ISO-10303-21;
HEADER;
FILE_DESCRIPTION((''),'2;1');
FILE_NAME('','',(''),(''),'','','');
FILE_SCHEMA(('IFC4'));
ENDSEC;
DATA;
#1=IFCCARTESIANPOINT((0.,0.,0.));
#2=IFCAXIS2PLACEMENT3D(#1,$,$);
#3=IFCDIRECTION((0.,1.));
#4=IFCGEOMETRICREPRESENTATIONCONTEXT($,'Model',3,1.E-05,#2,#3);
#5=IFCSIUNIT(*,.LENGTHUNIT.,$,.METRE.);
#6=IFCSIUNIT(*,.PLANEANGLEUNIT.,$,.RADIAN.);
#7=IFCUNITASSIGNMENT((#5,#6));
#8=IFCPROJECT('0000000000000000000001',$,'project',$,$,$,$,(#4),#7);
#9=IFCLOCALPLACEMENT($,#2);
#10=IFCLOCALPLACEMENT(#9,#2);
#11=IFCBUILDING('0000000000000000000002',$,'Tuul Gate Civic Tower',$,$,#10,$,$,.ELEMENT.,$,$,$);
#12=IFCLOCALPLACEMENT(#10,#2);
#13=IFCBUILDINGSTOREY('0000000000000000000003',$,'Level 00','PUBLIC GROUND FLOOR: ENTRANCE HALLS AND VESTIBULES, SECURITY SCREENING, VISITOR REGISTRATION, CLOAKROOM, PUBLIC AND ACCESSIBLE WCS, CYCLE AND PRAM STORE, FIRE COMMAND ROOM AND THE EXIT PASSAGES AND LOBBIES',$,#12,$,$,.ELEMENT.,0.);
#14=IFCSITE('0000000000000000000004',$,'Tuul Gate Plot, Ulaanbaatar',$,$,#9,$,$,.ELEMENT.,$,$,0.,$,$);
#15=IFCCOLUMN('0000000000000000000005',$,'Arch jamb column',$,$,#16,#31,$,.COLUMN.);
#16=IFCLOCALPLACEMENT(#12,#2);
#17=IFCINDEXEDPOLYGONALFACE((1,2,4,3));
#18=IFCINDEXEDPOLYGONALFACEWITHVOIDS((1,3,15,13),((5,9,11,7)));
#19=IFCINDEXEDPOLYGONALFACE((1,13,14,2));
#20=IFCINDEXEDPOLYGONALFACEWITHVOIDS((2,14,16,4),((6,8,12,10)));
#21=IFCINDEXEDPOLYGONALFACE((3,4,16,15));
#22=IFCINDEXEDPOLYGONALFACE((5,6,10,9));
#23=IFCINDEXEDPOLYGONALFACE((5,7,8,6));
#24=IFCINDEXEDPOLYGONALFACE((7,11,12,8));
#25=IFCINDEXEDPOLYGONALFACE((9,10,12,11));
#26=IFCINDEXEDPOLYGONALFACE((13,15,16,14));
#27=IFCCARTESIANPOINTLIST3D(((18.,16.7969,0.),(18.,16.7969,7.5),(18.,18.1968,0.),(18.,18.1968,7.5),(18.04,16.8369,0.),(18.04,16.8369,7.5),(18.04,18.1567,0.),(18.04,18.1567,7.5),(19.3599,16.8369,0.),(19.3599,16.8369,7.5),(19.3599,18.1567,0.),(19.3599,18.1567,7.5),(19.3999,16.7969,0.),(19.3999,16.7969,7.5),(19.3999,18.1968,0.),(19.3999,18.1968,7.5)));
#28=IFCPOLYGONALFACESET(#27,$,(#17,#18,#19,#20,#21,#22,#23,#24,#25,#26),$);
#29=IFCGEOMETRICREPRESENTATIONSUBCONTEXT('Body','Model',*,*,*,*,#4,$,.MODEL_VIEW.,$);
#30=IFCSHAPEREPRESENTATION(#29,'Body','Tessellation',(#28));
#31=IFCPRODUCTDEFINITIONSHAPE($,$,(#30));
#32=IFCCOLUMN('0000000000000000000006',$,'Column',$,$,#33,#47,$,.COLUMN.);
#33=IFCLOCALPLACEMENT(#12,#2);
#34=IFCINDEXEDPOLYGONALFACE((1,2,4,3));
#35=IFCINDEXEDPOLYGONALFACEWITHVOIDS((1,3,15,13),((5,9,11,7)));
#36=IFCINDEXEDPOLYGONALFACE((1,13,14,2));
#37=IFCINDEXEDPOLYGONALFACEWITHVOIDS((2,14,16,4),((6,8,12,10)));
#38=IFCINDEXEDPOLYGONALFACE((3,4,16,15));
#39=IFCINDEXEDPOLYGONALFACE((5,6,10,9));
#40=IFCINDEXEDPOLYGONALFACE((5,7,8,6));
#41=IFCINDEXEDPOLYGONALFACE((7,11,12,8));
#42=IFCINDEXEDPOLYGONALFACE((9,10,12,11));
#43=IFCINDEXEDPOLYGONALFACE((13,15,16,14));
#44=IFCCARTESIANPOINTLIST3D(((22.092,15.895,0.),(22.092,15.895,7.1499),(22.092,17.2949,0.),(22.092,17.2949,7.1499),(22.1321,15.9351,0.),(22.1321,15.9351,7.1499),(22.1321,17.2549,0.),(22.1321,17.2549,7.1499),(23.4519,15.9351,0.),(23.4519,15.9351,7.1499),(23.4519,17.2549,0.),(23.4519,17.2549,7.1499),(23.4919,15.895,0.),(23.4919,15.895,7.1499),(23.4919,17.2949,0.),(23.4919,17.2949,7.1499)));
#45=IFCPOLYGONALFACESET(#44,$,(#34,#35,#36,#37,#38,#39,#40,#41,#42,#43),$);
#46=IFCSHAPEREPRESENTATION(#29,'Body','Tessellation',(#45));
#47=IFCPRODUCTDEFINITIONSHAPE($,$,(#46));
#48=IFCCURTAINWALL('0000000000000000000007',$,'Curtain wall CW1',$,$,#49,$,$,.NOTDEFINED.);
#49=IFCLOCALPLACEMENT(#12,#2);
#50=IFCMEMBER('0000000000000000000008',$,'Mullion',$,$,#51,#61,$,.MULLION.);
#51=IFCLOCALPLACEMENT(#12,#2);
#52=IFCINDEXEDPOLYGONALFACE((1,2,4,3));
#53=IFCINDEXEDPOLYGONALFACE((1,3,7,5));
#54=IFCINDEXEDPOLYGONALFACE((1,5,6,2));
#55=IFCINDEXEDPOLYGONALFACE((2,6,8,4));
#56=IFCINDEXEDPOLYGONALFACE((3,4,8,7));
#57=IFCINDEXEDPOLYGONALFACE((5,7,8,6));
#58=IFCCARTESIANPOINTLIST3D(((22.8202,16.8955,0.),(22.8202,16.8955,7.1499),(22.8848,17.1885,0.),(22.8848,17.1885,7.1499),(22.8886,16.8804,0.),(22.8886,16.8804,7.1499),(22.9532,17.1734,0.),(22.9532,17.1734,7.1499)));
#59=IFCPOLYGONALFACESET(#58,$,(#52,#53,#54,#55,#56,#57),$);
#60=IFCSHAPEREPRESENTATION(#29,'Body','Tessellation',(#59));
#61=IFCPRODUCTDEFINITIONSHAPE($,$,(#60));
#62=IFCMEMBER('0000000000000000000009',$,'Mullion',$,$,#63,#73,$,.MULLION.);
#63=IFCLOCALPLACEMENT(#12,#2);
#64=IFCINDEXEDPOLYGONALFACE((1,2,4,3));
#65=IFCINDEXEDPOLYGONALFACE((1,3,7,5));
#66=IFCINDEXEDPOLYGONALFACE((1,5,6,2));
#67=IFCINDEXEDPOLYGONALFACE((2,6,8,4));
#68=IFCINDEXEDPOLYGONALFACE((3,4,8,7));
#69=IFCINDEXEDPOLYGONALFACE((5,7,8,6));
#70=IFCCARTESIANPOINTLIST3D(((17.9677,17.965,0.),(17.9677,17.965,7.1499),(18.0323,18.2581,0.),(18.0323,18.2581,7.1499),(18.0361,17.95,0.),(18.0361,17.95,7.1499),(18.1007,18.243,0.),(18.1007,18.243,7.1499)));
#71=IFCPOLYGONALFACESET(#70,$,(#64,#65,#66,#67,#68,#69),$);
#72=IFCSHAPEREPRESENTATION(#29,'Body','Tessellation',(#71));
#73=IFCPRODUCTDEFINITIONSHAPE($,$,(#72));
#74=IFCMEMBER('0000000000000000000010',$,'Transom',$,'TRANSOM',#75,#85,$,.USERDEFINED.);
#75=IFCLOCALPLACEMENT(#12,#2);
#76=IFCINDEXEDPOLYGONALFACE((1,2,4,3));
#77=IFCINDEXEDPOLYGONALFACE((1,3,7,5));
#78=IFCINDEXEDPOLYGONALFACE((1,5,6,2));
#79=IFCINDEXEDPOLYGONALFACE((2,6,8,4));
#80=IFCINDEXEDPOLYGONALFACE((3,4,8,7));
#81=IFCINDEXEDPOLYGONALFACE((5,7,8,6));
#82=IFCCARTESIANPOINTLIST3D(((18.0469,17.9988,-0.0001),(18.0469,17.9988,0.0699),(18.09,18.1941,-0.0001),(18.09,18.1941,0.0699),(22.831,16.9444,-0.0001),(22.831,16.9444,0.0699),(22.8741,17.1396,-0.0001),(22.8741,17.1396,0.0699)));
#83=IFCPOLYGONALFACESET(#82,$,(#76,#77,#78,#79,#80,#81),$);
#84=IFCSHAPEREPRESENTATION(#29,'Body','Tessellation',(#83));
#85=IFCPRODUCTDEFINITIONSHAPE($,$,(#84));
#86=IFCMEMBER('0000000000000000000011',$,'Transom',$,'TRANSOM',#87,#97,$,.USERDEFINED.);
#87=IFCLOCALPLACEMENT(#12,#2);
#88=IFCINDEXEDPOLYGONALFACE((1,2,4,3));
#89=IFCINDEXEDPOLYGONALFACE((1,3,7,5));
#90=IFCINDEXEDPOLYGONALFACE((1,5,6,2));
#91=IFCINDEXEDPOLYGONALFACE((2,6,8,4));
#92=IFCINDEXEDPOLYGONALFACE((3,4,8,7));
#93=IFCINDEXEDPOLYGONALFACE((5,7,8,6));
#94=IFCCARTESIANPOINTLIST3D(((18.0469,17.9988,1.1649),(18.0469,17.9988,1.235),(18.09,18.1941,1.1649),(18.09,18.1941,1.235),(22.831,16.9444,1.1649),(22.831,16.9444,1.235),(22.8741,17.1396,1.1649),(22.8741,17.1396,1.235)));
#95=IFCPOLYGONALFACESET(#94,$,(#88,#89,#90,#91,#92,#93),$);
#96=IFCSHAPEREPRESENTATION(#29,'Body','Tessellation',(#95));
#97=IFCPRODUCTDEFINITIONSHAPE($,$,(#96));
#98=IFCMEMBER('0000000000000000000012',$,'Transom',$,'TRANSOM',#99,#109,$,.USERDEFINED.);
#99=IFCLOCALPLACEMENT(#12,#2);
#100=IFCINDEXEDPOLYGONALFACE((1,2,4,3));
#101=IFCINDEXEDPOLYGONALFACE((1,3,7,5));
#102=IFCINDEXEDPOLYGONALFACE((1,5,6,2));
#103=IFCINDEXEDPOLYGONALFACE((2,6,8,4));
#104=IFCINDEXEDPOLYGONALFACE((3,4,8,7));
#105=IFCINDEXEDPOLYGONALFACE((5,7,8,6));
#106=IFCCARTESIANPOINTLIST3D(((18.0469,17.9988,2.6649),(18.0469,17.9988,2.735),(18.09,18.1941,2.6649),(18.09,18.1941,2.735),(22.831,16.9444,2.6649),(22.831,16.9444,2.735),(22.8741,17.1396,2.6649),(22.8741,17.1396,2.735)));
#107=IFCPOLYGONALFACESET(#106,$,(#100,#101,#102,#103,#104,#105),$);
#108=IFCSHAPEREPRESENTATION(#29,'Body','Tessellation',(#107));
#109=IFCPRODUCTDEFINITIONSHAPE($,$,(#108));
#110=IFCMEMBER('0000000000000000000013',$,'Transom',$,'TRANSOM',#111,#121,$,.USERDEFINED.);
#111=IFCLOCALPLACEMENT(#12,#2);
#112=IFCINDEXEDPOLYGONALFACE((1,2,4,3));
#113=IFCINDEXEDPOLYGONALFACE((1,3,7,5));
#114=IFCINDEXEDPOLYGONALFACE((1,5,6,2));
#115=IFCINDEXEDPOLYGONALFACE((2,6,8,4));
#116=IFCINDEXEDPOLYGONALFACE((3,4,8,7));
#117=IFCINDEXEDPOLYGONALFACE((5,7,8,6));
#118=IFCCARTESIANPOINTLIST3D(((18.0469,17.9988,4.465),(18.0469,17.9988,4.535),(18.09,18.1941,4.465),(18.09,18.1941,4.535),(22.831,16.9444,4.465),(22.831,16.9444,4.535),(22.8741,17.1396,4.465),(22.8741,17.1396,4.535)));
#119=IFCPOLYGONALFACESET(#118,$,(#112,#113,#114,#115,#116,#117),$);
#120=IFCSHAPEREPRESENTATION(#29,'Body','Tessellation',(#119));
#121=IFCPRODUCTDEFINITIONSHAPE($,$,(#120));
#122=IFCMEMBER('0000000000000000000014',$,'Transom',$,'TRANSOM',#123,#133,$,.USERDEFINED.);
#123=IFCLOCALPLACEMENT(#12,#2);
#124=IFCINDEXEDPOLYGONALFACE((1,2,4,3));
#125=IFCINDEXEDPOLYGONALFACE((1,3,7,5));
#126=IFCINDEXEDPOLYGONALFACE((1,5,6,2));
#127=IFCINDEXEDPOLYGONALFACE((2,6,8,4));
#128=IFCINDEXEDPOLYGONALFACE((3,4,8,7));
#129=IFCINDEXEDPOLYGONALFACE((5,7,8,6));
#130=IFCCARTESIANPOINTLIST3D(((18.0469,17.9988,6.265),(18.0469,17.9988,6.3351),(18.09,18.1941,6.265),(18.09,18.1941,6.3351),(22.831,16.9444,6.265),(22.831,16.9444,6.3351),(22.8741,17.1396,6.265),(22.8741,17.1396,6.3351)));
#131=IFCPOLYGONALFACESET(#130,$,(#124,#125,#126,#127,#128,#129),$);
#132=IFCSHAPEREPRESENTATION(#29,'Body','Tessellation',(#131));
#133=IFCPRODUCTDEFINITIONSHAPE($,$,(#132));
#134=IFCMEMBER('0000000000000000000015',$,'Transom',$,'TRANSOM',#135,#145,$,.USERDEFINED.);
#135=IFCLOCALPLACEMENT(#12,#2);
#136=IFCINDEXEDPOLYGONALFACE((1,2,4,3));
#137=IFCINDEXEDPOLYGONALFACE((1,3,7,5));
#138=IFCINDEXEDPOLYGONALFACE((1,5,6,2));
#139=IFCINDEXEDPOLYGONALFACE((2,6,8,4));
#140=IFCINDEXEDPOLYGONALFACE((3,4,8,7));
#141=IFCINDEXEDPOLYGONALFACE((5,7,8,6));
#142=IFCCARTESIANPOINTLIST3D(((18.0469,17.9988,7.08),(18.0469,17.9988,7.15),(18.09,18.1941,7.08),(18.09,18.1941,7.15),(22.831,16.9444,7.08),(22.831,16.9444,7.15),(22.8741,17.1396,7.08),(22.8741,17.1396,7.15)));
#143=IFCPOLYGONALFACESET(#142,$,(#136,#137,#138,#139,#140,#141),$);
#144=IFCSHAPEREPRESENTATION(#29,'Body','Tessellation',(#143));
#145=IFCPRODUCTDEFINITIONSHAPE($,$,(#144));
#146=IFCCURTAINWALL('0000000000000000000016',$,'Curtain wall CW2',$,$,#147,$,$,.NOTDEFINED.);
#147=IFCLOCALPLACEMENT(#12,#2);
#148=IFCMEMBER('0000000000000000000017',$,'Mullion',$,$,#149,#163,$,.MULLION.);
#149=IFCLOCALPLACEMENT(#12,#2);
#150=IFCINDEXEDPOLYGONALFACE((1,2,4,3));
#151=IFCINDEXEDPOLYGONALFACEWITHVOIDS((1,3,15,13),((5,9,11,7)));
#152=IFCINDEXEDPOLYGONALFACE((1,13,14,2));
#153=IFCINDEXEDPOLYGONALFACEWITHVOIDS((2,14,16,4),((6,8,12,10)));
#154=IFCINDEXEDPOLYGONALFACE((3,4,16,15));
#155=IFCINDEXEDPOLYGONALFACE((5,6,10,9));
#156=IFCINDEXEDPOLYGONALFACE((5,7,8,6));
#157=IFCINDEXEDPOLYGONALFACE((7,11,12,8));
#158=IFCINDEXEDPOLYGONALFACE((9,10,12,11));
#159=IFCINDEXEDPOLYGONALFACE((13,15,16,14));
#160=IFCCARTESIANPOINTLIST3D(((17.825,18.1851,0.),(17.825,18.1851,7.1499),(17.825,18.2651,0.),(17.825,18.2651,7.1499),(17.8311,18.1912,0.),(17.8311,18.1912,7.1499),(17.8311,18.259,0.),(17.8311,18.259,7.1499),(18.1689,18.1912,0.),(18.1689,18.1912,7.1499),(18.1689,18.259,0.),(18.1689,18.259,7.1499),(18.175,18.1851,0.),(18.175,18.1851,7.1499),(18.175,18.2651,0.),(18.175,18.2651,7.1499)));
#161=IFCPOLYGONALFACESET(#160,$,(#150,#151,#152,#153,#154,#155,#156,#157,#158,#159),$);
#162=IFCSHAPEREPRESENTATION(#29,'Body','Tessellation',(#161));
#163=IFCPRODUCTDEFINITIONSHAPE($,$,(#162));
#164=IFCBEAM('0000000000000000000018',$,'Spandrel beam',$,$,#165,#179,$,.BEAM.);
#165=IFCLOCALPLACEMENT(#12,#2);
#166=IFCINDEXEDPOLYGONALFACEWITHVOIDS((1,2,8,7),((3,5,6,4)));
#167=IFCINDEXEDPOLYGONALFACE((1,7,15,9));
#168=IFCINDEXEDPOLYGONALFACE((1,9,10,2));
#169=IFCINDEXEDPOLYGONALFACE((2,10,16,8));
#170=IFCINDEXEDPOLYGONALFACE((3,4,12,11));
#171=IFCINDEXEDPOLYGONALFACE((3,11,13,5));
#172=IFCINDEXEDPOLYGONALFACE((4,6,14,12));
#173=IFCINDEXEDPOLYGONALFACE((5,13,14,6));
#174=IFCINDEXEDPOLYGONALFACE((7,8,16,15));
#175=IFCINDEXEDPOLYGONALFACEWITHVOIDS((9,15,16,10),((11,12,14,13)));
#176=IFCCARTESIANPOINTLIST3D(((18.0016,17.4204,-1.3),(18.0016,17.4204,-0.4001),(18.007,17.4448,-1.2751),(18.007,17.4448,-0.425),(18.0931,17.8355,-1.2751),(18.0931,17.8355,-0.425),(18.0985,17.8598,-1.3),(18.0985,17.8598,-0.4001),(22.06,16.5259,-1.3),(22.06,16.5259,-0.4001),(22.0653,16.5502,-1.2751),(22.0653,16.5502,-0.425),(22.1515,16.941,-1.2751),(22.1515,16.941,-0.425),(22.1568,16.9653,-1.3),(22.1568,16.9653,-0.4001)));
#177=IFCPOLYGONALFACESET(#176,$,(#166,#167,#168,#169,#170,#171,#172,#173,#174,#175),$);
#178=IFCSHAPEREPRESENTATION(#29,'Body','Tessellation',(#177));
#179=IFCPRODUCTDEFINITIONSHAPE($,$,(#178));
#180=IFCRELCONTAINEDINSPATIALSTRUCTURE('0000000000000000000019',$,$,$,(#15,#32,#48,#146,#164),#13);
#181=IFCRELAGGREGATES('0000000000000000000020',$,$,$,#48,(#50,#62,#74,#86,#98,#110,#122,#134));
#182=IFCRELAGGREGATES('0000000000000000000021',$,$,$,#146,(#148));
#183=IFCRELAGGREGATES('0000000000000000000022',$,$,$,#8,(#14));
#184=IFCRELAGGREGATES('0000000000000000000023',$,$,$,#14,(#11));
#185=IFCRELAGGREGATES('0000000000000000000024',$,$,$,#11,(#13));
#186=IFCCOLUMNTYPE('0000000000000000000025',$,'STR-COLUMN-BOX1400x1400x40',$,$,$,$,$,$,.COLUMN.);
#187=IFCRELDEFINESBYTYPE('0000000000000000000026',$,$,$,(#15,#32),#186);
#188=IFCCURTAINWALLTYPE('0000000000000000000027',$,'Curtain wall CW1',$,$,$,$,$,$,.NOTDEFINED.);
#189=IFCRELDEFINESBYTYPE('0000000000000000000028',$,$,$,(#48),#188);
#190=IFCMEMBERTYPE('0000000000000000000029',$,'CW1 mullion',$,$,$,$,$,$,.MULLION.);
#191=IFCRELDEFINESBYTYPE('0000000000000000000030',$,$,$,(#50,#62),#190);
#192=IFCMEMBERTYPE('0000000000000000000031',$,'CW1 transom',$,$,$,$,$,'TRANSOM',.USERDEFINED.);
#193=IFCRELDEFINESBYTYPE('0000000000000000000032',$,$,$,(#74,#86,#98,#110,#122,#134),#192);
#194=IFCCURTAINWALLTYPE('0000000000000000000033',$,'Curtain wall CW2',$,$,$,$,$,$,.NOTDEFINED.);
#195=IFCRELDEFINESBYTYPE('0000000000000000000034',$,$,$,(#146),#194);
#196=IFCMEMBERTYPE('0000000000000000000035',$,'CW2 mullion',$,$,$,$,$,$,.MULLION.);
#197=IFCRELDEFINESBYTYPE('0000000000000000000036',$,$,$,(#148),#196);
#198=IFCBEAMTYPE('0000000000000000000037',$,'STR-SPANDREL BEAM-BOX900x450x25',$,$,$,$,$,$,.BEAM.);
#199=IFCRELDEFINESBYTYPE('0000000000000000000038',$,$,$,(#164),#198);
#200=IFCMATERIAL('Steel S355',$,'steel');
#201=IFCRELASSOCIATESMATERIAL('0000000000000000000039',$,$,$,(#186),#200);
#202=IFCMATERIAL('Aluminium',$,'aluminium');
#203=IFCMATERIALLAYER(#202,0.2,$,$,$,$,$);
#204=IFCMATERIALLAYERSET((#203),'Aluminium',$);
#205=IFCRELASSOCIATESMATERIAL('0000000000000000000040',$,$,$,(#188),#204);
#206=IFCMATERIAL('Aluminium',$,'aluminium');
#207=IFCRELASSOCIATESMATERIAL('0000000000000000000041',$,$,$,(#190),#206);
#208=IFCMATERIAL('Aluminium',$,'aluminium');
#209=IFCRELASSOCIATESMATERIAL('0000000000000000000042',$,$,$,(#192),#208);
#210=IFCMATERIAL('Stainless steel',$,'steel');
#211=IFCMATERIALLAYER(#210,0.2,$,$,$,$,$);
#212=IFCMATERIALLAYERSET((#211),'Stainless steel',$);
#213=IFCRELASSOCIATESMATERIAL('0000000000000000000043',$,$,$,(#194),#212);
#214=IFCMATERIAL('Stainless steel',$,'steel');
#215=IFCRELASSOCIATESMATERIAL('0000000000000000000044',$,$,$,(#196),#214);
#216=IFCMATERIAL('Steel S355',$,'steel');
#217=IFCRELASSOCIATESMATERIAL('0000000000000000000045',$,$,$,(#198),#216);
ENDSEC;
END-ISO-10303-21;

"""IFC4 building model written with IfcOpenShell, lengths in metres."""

from ifc_helpers import new_model, si_unit, direction, frame, origin, origin_2d, place, context, subcontext, project, spatial, rectangle, hollow_rectangle, extrude, material, layer, layer_set, material_profile, profile_set, type_object, element, aggregate, save


model = new_model("IFC4")

# Units and contexts
model_context = context("Model", 3, precision=1e-05, world=origin(), true_north=direction((0.0, 1.0)))
body_context = subcontext(model_context, "Body", "Model", "MODEL_VIEW")
ifc_project = project(units=[si_unit("LENGTHUNIT", "METRE"), si_unit("PLANEANGLEUNIT", "RADIAN")], contexts=[model_context])

# Site, building, storey
site_placement = place(None, origin())
site = spatial("IfcSite", under=ifc_project, at=site_placement, Name="Tuul Gate Plot, Ulaanbaatar", CompositionType="ELEMENT", RefElevation=0.0)
building_placement = place(site_placement, origin())
building = spatial("IfcBuilding", under=site, at=building_placement, Name="Tuul Gate Civic Tower", CompositionType="ELEMENT")
storey_placement = place(building_placement, origin())
storey = spatial("IfcBuildingStorey", under=building, at=storey_placement, Name="Level 00", Description="PUBLIC GROUND FLOOR: ENTRANCE HALLS AND VESTIBULES, SECURITY SCREENING, VISITOR REGISTRATION, CLOAKROOM, PUBLIC AND ACCESSIBLE WCS, CYCLE AND PRAM STORE, FIRE COMMAND ROOM AND THE EXIT PASSAGES AND LOBBIES", CompositionType="ELEMENT", Elevation=0.0)

# Columns
ifc_material_1 = material(Name="Steel S355", Category="steel")
ifc_material_profile_1 = material_profile(ifc_material_1, hollow_rectangle(XDim=1.3999, YDim=1.3999, WallThickness=0.04, at=origin_2d()), Name="BOX1400x1400x40")
ifc_profile_set_1 = profile_set([ifc_material_profile_1], Name="Steel S355")
column_type = type_object("IfcColumnType", Name="STR-COLUMN-BOX1400x1400x40", PredefinedType="COLUMN", material=ifc_profile_set_1)
column_1_placement = place(storey_placement, frame((18.7, 17.4968, 0.0), z_axis=(0.0, 0.0, 1.0), x_axis=(1.0, 0.0, 0.0)))
element("IfcColumn", 1, at=column_1_placement, inside=storey, type_object=column_type, Name="Arch jamb column", PredefinedType="COLUMN", context=body_context, shape_type="SweptSolid", body=[
    extrude(hollow_rectangle(XDim=1.3999, YDim=1.3999, WallThickness=0.04, at=origin_2d()), origin(), (0.0, 0.0, 1.0), 7.5),
])
column_2_placement = place(storey_placement, frame((22.792, 16.595, 0.0), z_axis=(0.0, 0.0, 1.0), x_axis=(1.0, 0.0, 0.0)))
element("IfcColumn", 2, at=column_2_placement, inside=storey, type_object=column_type, Name="Column", PredefinedType="COLUMN", context=body_context, shape_type="SweptSolid", body=[
    extrude(hollow_rectangle(XDim=1.3999, YDim=1.3999, WallThickness=0.04, at=origin_2d()), origin(), (0.0, 0.0, 1.0), 7.1499),
])

# Curtain wall, members
ifc_material_2 = material(Name="Aluminium", Category="aluminium")
ifc_layer_1 = layer(ifc_material_2, 0.2)
ifc_layer_set_1 = layer_set([ifc_layer_1], Name="Aluminium")
curtain_wall_type_1 = type_object("IfcCurtainWallType", Name="Curtain wall CW1", PredefinedType="NOTDEFINED", material=ifc_layer_set_1)
curtain_wall_1_placement = place(storey_placement, origin())
curtain_wall_1 = element("IfcCurtainWall", 3, at=curtain_wall_1_placement, inside=storey, type_object=curtain_wall_type_1, Name="Curtain wall CW1", PredefinedType="NOTDEFINED")
ifc_material_3 = material(Name="Aluminium", Category="aluminium")
ifc_material_profile_2 = material_profile(ifc_material_3, rectangle(XDim=0.3, YDim=0.0701, at=origin_2d()), Name="CW1 mullion")
ifc_profile_set_2 = profile_set([ifc_material_profile_2], Name="Aluminium")
member_type_1 = type_object("IfcMemberType", Name="CW1 mullion", PredefinedType="MULLION", material=ifc_profile_set_2)
member_1_placement = place(storey_placement, frame((22.8867, 17.0344, 0.0), z_axis=(0.0, 0.0, 1.0), x_axis=(-0.215207, -0.976569, 0.0)))
member_1 = element("IfcMember", 4, at=member_1_placement, type_object=member_type_1, Name="Mullion", PredefinedType="MULLION", context=body_context, shape_type="SweptSolid", body=[
    extrude(rectangle(XDim=0.3, YDim=0.0701, at=origin_2d()), origin(), (0.0, 0.0, 1.0), 7.1499),
])
member_2_placement = place(storey_placement, frame((18.0342, 18.104, 0.0), z_axis=(0.0, 0.0, 1.0), x_axis=(-0.215207, -0.976569, 0.0)))
member_2 = element("IfcMember", 5, at=member_2_placement, type_object=member_type_1, Name="Mullion", PredefinedType="MULLION", context=body_context, shape_type="SweptSolid", body=[
    extrude(rectangle(XDim=0.3, YDim=0.0701, at=origin_2d()), origin(), (0.0, 0.0, 1.0), 7.1499),
])
ifc_material_4 = material(Name="Aluminium", Category="aluminium")
ifc_material_profile_3 = material_profile(ifc_material_4, rectangle(XDim=0.2, YDim=0.0701, at=origin_2d()), Name="CW1 transom")
ifc_profile_set_3 = profile_set([ifc_material_profile_3], Name="Aluminium")
member_type_2 = type_object("IfcMemberType", Name="CW1 transom", ElementType="TRANSOM", PredefinedType="USERDEFINED", material=ifc_profile_set_3)
member_3_placement = place(storey_placement, frame((22.8525, 17.042, 0.0349), z_axis=(-0.976562, 0.215236, 0.0), x_axis=(-0.215236, -0.976562, 0.0)))
member_3 = element("IfcMember", 6, at=member_3_placement, type_object=member_type_2, Name="Transom", ObjectType="TRANSOM", PredefinedType="USERDEFINED", context=body_context, shape_type="SweptSolid", body=[
    extrude(rectangle(XDim=0.2, YDim=0.0701, at=origin_2d()), origin(), (0.0, 0.0, 1.0), 4.8989),
])
member_4_placement = place(storey_placement, frame((22.8525, 17.042, 1.2), z_axis=(-0.976562, 0.215236, 0.0), x_axis=(-0.215236, -0.976562, 0.0)))
member_4 = element("IfcMember", 7, at=member_4_placement, type_object=member_type_2, Name="Transom", ObjectType="TRANSOM", PredefinedType="USERDEFINED", context=body_context, shape_type="SweptSolid", body=[
    extrude(rectangle(XDim=0.2, YDim=0.0701, at=origin_2d()), origin(), (0.0, 0.0, 1.0), 4.8989),
])
member_5_placement = place(storey_placement, frame((22.8525, 17.042, 2.7), z_axis=(-0.976562, 0.215236, 0.0), x_axis=(-0.215236, -0.976562, 0.0)))
member_5 = element("IfcMember", 8, at=member_5_placement, type_object=member_type_2, Name="Transom", ObjectType="TRANSOM", PredefinedType="USERDEFINED", context=body_context, shape_type="SweptSolid", body=[
    extrude(rectangle(XDim=0.2, YDim=0.0701, at=origin_2d()), origin(), (0.0, 0.0, 1.0), 4.8989),
])
member_6_placement = place(storey_placement, frame((22.8525, 17.042, 4.5), z_axis=(-0.976562, 0.215236, 0.0), x_axis=(-0.215236, -0.976562, 0.0)))
member_6 = element("IfcMember", 9, at=member_6_placement, type_object=member_type_2, Name="Transom", ObjectType="TRANSOM", PredefinedType="USERDEFINED", context=body_context, shape_type="SweptSolid", body=[
    extrude(rectangle(XDim=0.2, YDim=0.0701, at=origin_2d()), origin(), (0.0, 0.0, 1.0), 4.8989),
])
member_7_placement = place(storey_placement, frame((22.8525, 17.042, 6.3), z_axis=(-0.976562, 0.215236, 0.0), x_axis=(-0.215236, -0.976562, 0.0)))
member_7 = element("IfcMember", 10, at=member_7_placement, type_object=member_type_2, Name="Transom", ObjectType="TRANSOM", PredefinedType="USERDEFINED", context=body_context, shape_type="SweptSolid", body=[
    extrude(rectangle(XDim=0.2, YDim=0.0701, at=origin_2d()), origin(), (0.0, 0.0, 1.0), 4.8989),
])
member_8_placement = place(storey_placement, frame((22.8525, 17.042, 7.115), z_axis=(-0.976562, 0.215236, 0.0), x_axis=(-0.215236, -0.976562, 0.0)))
member_8 = element("IfcMember", 11, at=member_8_placement, type_object=member_type_2, Name="Transom", ObjectType="TRANSOM", PredefinedType="USERDEFINED", context=body_context, shape_type="SweptSolid", body=[
    extrude(rectangle(XDim=0.2, YDim=0.0701, at=origin_2d()), origin(), (0.0, 0.0, 1.0), 4.8989),
])

# Curtain wall, member
ifc_material_5 = material(Name="Stainless steel", Category="steel")
ifc_layer_2 = layer(ifc_material_5, 0.2)
ifc_layer_set_2 = layer_set([ifc_layer_2], Name="Stainless steel")
curtain_wall_type_2 = type_object("IfcCurtainWallType", Name="Curtain wall CW2", PredefinedType="NOTDEFINED", material=ifc_layer_set_2)
curtain_wall_2_placement = place(storey_placement, origin())
curtain_wall_2 = element("IfcCurtainWall", 12, at=curtain_wall_2_placement, inside=storey, type_object=curtain_wall_type_2, Name="Curtain wall CW2", PredefinedType="NOTDEFINED")
ifc_material_6 = material(Name="Stainless steel", Category="steel")
ifc_material_profile_4 = material_profile(ifc_material_6, hollow_rectangle(XDim=0.3501, YDim=0.0801, WallThickness=0.0061, at=origin_2d()), Name="CW2 mullion")
ifc_profile_set_4 = profile_set([ifc_material_profile_4], Name="Stainless steel")
member_type_3 = type_object("IfcMemberType", Name="CW2 mullion", PredefinedType="MULLION", material=ifc_profile_set_4)
member_9_placement = place(storey_placement, frame((18.0, 18.2251, 0.0), z_axis=(0.0, 0.0, 1.0), x_axis=(-1.0, 0.0, 0.0)))
member_9 = element("IfcMember", 13, at=member_9_placement, type_object=member_type_3, Name="Mullion", PredefinedType="MULLION", context=body_context, shape_type="SweptSolid", body=[
    extrude(hollow_rectangle(XDim=0.3501, YDim=0.0801, WallThickness=0.0061, at=origin_2d()), origin(), (0.0, 0.0, 1.0), 7.1499),
])

# Beam
ifc_material_7 = material(Name="Steel S355", Category="steel")
ifc_material_profile_5 = material_profile(ifc_material_7, hollow_rectangle(XDim=0.45, YDim=0.8999, WallThickness=0.0249, at=origin_2d()), Name="BOX900x450x25")
ifc_profile_set_5 = profile_set([ifc_material_profile_5], Name="Steel S355")
beam_type = type_object("IfcBeamType", Name="STR-SPANDREL BEAM-BOX900x450x25", PredefinedType="BEAM", material=ifc_profile_set_5)
beam_placement = place(storey_placement, frame((22.1084, 16.7456, -0.8501), z_axis=(-0.976559, 0.215251, 0.0), x_axis=(-0.215251, -0.976559, 0.0)))
element("IfcBeam", 14, at=beam_placement, inside=storey, type_object=beam_type, Name="Spandrel beam", PredefinedType="BEAM", context=body_context, shape_type="SweptSolid", body=[
    extrude(hollow_rectangle(XDim=0.45, YDim=0.8999, WallThickness=0.0249, at=origin_2d()), origin(), (0.0, 0.0, 1.0), 4.1558),
])

aggregate(curtain_wall_1, [member_1, member_2, member_3, member_4, member_5, member_6, member_7, member_8])
aggregate(curtain_wall_2, [member_9])

save(model, "model.ifc")
